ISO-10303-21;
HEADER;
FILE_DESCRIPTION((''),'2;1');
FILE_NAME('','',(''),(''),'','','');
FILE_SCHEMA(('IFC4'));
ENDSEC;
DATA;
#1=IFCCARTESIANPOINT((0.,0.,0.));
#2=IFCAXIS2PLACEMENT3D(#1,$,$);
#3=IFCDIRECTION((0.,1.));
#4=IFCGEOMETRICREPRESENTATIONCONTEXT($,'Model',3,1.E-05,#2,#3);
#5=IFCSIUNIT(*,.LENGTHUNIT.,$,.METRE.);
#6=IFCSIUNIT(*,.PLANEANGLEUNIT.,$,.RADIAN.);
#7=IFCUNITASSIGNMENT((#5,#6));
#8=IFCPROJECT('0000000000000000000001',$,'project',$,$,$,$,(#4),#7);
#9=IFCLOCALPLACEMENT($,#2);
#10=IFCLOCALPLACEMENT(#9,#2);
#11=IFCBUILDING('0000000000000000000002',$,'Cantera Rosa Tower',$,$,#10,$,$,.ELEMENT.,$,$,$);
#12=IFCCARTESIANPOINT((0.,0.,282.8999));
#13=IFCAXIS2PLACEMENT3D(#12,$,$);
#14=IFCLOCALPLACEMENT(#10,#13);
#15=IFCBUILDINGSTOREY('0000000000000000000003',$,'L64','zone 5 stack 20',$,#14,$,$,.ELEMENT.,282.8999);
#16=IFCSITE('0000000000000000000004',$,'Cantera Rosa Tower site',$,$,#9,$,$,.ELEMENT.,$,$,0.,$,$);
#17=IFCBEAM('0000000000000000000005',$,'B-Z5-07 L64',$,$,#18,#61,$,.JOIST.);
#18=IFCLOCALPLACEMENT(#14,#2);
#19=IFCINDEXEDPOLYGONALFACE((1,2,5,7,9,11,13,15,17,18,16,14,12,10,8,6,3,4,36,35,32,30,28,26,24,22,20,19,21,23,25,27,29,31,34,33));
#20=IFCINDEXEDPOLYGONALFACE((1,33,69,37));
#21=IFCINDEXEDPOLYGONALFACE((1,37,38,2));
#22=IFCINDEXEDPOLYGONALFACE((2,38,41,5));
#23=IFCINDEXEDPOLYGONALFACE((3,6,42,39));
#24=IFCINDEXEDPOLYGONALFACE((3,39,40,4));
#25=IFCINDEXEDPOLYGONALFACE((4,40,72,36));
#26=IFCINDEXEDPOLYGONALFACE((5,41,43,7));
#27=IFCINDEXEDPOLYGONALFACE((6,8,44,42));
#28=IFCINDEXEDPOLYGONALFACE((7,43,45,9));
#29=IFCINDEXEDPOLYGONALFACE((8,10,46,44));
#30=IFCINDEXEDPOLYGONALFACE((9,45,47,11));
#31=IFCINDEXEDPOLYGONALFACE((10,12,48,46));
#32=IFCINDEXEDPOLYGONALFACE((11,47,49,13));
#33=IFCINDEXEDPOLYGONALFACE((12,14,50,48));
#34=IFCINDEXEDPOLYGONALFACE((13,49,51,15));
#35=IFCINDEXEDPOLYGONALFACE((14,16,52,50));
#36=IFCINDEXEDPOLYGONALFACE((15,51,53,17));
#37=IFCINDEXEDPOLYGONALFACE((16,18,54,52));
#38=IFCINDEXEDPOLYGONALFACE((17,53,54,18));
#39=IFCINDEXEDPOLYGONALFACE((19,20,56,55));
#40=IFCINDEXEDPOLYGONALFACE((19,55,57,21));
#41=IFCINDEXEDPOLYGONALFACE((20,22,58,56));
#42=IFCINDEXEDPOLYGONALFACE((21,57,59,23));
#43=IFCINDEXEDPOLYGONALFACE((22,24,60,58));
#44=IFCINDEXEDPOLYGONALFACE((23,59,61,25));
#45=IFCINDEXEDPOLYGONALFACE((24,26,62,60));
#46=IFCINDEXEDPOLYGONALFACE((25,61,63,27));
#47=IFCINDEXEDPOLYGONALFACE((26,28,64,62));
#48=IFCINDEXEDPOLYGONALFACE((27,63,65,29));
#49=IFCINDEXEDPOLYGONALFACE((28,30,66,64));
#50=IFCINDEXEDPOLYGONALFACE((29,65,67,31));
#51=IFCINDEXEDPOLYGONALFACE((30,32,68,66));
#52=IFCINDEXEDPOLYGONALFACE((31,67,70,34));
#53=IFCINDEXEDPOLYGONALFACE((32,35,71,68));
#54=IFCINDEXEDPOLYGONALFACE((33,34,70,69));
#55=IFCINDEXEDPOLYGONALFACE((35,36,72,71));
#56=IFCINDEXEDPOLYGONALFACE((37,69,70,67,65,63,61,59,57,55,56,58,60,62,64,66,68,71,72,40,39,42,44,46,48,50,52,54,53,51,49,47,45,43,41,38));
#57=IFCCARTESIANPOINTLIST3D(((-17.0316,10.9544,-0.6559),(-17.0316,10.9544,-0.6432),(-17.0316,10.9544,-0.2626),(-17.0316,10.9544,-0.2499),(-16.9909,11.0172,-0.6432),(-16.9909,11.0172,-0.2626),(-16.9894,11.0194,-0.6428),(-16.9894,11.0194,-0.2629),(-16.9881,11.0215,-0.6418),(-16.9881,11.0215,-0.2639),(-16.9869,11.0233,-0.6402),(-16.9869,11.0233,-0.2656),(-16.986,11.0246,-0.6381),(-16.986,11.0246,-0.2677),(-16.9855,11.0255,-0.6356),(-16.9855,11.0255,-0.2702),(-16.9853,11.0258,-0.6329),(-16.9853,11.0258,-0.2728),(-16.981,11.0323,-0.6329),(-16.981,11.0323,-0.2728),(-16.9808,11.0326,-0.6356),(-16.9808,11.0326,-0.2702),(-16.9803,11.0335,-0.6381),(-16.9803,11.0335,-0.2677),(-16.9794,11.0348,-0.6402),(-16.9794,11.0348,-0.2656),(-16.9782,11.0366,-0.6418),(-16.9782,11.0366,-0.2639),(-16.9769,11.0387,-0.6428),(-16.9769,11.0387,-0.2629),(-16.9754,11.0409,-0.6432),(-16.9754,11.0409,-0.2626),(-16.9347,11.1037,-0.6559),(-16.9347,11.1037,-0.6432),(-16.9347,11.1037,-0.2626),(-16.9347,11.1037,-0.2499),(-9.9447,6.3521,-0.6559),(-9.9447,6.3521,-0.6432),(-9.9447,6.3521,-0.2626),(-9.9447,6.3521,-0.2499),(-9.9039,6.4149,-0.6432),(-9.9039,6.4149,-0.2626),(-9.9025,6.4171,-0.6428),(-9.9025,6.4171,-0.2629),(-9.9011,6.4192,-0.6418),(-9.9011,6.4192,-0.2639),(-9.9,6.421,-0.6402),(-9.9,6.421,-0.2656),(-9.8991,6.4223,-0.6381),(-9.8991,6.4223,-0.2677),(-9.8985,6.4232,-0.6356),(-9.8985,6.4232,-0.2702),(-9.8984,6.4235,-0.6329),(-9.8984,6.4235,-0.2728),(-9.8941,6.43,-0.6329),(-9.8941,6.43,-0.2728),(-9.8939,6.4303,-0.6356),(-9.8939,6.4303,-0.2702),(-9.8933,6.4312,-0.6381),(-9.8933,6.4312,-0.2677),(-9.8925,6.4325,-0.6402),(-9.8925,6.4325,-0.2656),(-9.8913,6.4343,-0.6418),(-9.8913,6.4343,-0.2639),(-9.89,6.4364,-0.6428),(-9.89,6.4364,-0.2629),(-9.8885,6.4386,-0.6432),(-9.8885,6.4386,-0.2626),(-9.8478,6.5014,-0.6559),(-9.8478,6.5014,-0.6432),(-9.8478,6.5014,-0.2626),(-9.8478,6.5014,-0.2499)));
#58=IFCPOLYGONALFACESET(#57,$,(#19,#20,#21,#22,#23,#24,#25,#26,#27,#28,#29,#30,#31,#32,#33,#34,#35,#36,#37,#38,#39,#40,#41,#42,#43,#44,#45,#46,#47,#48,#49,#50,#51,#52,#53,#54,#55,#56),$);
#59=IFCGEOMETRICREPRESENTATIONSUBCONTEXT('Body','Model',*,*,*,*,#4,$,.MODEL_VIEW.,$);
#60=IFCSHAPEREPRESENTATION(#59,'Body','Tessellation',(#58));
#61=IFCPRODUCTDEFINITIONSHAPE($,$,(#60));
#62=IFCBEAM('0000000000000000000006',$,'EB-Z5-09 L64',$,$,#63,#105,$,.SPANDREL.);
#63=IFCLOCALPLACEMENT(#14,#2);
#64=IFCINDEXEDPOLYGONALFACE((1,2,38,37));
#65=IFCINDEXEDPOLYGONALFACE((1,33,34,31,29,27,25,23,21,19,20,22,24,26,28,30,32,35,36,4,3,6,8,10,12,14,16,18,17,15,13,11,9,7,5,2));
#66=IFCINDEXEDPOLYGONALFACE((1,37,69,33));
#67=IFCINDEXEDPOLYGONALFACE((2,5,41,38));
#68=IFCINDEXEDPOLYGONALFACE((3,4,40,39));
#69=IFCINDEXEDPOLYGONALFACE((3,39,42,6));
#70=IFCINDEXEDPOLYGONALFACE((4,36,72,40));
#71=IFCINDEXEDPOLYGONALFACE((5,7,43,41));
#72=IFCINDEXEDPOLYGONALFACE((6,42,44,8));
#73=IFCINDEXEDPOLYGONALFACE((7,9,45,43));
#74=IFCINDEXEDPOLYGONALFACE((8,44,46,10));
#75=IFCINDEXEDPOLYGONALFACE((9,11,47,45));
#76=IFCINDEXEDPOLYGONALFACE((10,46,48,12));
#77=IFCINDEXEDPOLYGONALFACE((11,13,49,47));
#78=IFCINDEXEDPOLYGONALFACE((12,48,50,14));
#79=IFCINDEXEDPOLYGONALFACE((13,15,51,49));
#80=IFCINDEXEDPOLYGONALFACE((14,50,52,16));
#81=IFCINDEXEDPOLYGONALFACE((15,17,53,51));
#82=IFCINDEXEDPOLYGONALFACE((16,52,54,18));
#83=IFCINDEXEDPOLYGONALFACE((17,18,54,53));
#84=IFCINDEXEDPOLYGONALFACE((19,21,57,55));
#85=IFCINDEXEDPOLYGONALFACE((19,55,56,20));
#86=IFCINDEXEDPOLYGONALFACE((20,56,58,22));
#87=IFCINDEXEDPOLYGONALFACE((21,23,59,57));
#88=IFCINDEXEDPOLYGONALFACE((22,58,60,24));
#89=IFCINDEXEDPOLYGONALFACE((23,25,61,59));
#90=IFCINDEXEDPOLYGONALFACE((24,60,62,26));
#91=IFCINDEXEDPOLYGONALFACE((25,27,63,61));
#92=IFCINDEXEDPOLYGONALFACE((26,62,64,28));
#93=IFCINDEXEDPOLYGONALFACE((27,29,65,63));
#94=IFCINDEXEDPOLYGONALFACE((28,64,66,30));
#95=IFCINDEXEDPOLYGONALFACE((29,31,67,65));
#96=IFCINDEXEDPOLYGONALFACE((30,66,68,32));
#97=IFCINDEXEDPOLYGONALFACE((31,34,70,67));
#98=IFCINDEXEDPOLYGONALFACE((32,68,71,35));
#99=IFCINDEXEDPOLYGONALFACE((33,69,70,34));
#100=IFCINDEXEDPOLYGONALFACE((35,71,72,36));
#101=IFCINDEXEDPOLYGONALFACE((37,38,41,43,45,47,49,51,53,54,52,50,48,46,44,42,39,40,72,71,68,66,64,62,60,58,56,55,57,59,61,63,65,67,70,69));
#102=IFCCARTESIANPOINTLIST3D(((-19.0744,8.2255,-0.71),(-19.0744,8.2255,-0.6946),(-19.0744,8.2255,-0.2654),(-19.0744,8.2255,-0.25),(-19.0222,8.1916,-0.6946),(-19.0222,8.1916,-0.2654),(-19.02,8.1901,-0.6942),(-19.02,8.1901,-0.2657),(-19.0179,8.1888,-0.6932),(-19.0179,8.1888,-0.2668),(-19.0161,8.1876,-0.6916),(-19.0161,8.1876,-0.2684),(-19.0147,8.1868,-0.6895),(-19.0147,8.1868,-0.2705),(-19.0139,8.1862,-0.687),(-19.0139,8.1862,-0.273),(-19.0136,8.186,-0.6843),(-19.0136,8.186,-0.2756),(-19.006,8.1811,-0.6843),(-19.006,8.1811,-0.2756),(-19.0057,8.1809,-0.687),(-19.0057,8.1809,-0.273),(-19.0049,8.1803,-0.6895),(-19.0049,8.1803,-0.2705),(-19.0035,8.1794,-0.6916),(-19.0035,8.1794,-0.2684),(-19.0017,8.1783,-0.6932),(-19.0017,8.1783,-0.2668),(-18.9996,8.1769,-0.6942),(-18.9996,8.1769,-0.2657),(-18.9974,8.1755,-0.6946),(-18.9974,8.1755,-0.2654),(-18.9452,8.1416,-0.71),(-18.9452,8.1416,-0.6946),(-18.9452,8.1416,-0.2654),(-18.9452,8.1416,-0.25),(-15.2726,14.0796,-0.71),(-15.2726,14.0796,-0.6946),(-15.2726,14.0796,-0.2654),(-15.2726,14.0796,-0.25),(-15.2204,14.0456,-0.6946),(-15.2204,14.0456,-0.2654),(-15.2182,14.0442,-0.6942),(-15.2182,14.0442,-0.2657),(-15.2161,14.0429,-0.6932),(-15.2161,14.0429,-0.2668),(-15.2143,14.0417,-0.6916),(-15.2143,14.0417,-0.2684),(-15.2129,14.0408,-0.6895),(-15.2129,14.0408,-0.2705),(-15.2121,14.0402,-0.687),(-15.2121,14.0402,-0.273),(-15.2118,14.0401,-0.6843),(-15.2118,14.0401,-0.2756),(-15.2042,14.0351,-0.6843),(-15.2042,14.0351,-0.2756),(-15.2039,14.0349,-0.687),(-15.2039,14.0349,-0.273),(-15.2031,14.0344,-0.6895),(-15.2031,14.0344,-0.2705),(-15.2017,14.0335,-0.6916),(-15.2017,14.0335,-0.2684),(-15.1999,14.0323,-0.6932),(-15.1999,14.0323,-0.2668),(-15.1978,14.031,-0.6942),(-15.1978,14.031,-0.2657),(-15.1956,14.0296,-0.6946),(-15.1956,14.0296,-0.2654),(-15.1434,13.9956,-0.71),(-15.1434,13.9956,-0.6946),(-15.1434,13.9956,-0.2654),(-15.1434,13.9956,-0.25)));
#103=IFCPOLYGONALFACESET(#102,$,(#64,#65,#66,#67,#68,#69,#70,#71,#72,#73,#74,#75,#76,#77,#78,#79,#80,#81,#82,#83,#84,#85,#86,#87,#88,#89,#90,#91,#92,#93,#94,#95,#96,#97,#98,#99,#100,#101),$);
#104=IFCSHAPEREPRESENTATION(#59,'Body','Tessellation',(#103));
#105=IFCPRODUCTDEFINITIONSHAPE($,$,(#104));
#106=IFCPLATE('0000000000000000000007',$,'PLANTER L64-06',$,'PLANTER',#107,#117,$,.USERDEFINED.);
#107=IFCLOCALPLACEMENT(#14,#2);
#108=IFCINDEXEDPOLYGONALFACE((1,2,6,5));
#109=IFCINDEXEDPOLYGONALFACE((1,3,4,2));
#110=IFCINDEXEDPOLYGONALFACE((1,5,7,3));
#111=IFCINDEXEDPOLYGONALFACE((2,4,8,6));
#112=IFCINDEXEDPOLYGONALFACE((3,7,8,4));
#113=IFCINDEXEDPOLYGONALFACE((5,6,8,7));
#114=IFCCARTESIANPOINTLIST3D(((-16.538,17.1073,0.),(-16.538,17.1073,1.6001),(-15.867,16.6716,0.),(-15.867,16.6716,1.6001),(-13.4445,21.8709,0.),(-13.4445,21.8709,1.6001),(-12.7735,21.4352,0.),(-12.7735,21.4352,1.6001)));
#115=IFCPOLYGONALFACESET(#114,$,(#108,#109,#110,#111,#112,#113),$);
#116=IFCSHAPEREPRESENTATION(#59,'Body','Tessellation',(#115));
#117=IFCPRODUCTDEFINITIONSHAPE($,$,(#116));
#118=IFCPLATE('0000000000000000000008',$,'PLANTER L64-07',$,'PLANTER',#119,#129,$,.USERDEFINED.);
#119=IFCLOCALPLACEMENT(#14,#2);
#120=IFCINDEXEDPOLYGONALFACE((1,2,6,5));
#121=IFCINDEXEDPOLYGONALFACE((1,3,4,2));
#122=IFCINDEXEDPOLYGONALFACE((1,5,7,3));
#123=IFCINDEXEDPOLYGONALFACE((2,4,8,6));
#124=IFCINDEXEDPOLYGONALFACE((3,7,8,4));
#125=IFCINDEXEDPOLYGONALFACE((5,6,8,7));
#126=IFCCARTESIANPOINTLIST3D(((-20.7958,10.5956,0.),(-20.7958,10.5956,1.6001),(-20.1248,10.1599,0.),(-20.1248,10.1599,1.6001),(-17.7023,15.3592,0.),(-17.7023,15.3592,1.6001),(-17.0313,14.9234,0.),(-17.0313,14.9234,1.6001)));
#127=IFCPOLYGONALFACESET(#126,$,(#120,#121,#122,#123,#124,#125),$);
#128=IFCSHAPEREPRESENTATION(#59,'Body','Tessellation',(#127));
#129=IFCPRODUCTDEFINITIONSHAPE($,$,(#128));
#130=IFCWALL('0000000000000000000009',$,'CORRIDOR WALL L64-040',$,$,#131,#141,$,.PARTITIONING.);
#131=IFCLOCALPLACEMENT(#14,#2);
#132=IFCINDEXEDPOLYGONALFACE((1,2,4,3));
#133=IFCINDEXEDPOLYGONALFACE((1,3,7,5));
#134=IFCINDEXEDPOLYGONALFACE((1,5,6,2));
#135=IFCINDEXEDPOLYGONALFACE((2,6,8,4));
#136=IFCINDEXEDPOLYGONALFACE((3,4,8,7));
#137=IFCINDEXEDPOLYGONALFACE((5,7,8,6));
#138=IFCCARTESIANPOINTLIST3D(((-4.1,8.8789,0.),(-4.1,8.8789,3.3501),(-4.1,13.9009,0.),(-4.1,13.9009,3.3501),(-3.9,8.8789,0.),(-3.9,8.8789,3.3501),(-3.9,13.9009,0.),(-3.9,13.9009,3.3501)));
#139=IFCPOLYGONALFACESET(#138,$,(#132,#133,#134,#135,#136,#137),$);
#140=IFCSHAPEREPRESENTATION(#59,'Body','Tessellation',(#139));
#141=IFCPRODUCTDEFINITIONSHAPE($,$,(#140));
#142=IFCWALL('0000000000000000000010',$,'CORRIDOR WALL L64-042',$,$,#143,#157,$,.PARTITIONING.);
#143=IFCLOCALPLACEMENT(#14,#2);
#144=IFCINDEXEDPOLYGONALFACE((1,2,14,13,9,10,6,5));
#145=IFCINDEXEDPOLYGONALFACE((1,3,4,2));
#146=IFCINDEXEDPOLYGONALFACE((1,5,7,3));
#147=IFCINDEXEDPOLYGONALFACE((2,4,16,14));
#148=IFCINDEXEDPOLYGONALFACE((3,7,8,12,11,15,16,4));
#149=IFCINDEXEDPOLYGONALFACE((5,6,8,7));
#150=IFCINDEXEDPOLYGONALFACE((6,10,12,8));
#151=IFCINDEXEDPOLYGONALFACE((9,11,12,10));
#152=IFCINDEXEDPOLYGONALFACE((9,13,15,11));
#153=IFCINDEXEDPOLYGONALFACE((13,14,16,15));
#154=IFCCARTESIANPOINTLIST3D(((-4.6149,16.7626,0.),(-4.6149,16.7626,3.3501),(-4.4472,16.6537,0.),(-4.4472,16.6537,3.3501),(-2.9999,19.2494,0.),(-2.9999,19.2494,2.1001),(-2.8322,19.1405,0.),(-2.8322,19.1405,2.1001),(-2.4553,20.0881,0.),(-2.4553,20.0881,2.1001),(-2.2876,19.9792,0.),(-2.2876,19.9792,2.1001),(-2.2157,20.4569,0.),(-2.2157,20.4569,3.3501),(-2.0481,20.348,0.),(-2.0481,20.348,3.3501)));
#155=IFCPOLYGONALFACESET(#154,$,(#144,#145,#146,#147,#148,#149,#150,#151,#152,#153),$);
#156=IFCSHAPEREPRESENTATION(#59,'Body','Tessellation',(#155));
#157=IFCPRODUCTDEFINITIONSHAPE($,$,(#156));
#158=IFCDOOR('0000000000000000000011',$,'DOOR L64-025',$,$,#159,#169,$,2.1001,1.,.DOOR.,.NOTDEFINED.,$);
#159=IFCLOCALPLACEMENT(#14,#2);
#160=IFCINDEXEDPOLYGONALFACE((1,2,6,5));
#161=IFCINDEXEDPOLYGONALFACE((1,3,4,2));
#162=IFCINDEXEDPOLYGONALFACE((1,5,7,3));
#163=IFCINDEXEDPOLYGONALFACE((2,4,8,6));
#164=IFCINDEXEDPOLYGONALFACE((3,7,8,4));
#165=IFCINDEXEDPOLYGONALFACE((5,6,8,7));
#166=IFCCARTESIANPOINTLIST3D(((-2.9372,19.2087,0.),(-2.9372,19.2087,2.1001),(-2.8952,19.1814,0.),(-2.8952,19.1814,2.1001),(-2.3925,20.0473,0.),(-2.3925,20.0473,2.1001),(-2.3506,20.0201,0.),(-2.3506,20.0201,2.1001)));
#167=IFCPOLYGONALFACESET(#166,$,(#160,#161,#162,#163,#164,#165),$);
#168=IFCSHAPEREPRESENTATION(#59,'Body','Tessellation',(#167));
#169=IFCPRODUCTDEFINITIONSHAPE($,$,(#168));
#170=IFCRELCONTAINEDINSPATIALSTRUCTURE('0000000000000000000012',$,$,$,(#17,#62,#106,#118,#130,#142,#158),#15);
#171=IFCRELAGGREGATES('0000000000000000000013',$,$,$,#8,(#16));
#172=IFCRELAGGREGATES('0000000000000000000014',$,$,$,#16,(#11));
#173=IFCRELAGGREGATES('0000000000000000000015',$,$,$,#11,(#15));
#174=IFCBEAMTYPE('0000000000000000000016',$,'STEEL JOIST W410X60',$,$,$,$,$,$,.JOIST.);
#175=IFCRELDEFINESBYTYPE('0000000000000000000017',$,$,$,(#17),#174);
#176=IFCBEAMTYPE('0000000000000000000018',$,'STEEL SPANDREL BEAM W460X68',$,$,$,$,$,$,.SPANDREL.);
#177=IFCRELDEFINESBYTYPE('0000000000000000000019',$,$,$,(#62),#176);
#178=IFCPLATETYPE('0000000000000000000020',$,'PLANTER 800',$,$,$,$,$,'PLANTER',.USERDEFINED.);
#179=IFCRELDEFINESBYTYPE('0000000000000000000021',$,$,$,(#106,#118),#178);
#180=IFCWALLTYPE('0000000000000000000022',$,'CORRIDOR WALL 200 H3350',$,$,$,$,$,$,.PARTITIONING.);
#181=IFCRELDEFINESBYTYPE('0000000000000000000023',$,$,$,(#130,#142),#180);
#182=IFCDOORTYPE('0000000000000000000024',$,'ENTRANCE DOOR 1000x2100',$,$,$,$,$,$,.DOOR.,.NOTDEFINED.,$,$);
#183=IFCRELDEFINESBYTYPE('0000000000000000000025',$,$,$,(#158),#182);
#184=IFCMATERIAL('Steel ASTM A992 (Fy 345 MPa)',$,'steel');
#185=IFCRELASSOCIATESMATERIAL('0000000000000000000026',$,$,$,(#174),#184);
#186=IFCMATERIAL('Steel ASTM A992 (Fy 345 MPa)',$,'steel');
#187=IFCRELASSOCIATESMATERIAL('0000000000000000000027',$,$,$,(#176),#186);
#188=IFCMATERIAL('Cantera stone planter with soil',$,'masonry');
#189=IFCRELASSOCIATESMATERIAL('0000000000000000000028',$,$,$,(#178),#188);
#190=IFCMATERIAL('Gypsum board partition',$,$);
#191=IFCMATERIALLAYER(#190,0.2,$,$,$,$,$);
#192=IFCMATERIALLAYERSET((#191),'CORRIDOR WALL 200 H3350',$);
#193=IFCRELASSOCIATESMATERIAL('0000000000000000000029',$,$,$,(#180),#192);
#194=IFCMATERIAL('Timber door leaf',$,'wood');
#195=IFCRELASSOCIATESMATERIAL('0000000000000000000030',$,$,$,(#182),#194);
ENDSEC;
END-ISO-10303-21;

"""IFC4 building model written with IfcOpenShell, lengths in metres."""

from ifc_helpers import new_model, si_unit, direction, frame, frame_2d, origin, origin_2d, place, context, subcontext, project, spatial, rectangle, i_section, extrude, material, layer, layer_set, material_profile, profile_set, type_object, element, fill, save


model = new_model("IFC4")

# Units and contexts
model_context = context("Model", 3, precision=1e-05, world=origin(), true_north=direction((0.0, 1.0)))
body_context = subcontext(model_context, "Body", "Model", "MODEL_VIEW")
ifc_project = project(units=[si_unit("LENGTHUNIT", "METRE"), si_unit("PLANEANGLEUNIT", "RADIAN")], contexts=[model_context])

# Site, building, storey
site_placement = place(None, origin())
site = spatial("IfcSite", under=ifc_project, at=site_placement, Name="Cantera Rosa Tower site", CompositionType="ELEMENT", RefElevation=0.0)
building_placement = place(site_placement, origin())
building = spatial("IfcBuilding", under=site, at=building_placement, Name="Cantera Rosa Tower", CompositionType="ELEMENT")
storey_placement = place(building_placement, frame((0.0, 0.0, 282.8999)))
storey = spatial("IfcBuildingStorey", under=building, at=storey_placement, Name="L64", Description="zone 5 stack 20", CompositionType="ELEMENT", Elevation=282.8999)

# Beams
ifc_material_1 = material(Name="Steel ASTM A992 (Fy 345 MPa)", Category="steel")
ifc_material_profile_1 = material_profile(ifc_material_1, i_section(OverallWidth=0.178, OverallDepth=0.406, WebThickness=0.0078, FlangeThickness=0.0127, FilletRadius=0.0103, at=origin_2d()), Name="W410X60")
ifc_profile_set_1 = profile_set([ifc_material_profile_1], Name="Steel ASTM A992 (Fy 345 MPa)")
beam_type_1 = type_object("IfcBeamType", Name="STEEL JOIST W410X60", PredefinedType="JOIST", material=ifc_profile_set_1)
beam_1_placement = place(storey_placement, frame((-16.9832, 11.0291, -0.4529), z_axis=(0.838671, -0.544639, 0.0), x_axis=(0.544639, 0.838671, 0.0)))
element("IfcBeam", 1, at=beam_1_placement, inside=storey, type_object=beam_type_1, Name="B-Z5-07 L64", PredefinedType="JOIST", context=body_context, shape_type="SweptSolid", body=[
    extrude(i_section(OverallWidth=0.178, OverallDepth=0.406, WebThickness=0.0078, FlangeThickness=0.0127, FilletRadius=0.0103, at=origin_2d()), origin(), (0.0, 0.0, 1.0), 8.4502),
])
ifc_material_2 = material(Name="Steel ASTM A992 (Fy 345 MPa)", Category="steel")
ifc_material_profile_2 = material_profile(ifc_material_2, i_section(OverallWidth=0.1541, OverallDepth=0.46, WebThickness=0.009, FlangeThickness=0.0154, FilletRadius=0.0103, at=origin_2d()), Name="W460X68")
ifc_profile_set_2 = profile_set([ifc_material_profile_2], Name="Steel ASTM A992 (Fy 345 MPa)")
beam_type_2 = type_object("IfcBeamType", Name="STEEL SPANDREL BEAM W460X68", PredefinedType="SPANDREL", material=ifc_profile_set_2)
beam_2_placement = place(storey_placement, frame((-15.208, 14.0376, -0.48), z_axis=(-0.544651, -0.838663, 0.0), x_axis=(0.838663, -0.544651, 0.0)))
element("IfcBeam", 2, at=beam_2_placement, inside=storey, type_object=beam_type_2, Name="EB-Z5-09 L64", PredefinedType="SPANDREL", context=body_context, shape_type="SweptSolid", body=[
    extrude(i_section(OverallWidth=0.1541, OverallDepth=0.46, WebThickness=0.009, FlangeThickness=0.0154, FilletRadius=0.0103, at=origin_2d()), origin(), (0.0, 0.0, 1.0), 6.9802),
])

# Plates
ifc_material_3 = material(Name="Cantera stone planter with soil", Category="masonry")
plate_type = type_object("IfcPlateType", Name="PLANTER 800", ElementType="PLANTER", PredefinedType="USERDEFINED", material=ifc_material_3)
for number, where, z_axis, x_axis, name in (
    (3, (-14.6558, 19.2712, 0.0), (0.0, 0.0, 1.0), (-0.544639, -0.838671, 0.0), "PLANTER L64-06"),
    (4, (-18.9136, 12.7595, 0.0), (0.0, 0.0, 1.0), (-0.544639, -0.838671, 0.0), "PLANTER L64-07"),
):
    element("IfcPlate", number, at=place(storey_placement, frame(where, z_axis=z_axis, x_axis=x_axis)), inside=storey, type_object=plate_type, Name=name, ObjectType="PLANTER", PredefinedType="USERDEFINED", context=body_context, shape_type="SweptSolid", body=[
        extrude(rectangle(XDim=5.6799, YDim=0.8, at=origin_2d()), origin(), (0.0, 0.0, 1.0), 1.6001),
    ])

# Wall
ifc_material_4 = material(Name="Gypsum board partition")
ifc_layer_1 = layer(ifc_material_4, 0.2)
ifc_layer_set_1 = layer_set([ifc_layer_1], Name="CORRIDOR WALL 200 H3350")
wall_type_1 = type_object("IfcWallType", Name="CORRIDOR WALL 200 H3350", PredefinedType="PARTITIONING", material=ifc_layer_set_1)
wall_1_placement = place(storey_placement, frame((-4.0, 13.9009, 0.0), z_axis=(0.0, 0.0, 1.0), x_axis=(0.0, -1.0, 0.0)))
element("IfcWall", 5, at=wall_1_placement, inside=storey, type_object=wall_type_1, Name="CORRIDOR WALL L64-040", PredefinedType="PARTITIONING", context=body_context, shape_type="SweptSolid", body=[
    extrude(rectangle(XDim=5.022, YDim=0.2, at=frame_2d((2.511, 0.0))), origin(), (0.0, 0.0, 1.0), 3.3501),
])

# Wall, opening, door
wall_2_placement = place(storey_placement, frame((-2.1318, 20.4026, 0.0), z_axis=(0.0, 0.0, 1.0), x_axis=(-0.544645, -0.838666, 0.0)))
wall_2 = element("IfcWall", 6, at=wall_2_placement, inside=storey, type_object=wall_type_1, Name="CORRIDOR WALL L64-042", PredefinedType="PARTITIONING", context=body_context, shape_type="SweptSolid", body=[
    extrude(rectangle(XDim=4.405, YDim=0.2, at=frame_2d((2.2026, 0.0))), origin(), (0.0, 0.0, 1.0), 3.3501),
])
opening_1_placement = place(wall_2_placement, frame((0.4399, 0.0, 0.0)))
opening_1 = element("IfcOpeningElement", 7, at=opening_1_placement, cuts=wall_2, PredefinedType="OPENING", context=body_context, shape_type="SweptSolid", body=[
    extrude(rectangle(XDim=1.0, YDim=2.1001, at=frame_2d((0.5, 1.05))), frame((0.0, 0.1099, 0.0), z_axis=(0.0, -1.0, 0.0), x_axis=(1.0, 0.0, 0.0)), (0.0, 0.0, 1.0), 0.22),
])
ifc_material_5 = material(Name="Timber door leaf", Category="wood")
door_type_1 = type_object("IfcDoorType", Name="ENTRANCE DOOR 1000x2100", OperationType="NOTDEFINED", PredefinedType="DOOR", material=ifc_material_5)
door_1_placement = place(opening_1_placement, origin())
door_1 = element("IfcDoor", 8, at=door_1_placement, inside=storey, type_object=door_type_1, Name="DOOR L64-025", OperationType="NOTDEFINED", OverallHeight=2.1001, OverallWidth=1.0, PredefinedType="DOOR", context=body_context, shape_type="SweptSolid", body=[
    extrude(rectangle(XDim=1.0, YDim=2.1001, at=frame_2d((0.5, 1.05))), frame((0.0, 0.0249, 0.0), z_axis=(0.0, -1.0, 0.0), x_axis=(1.0, 0.0, 0.0)), (0.0, 0.0, 1.0), 0.05),
])
fill(opening_1, door_1)

save(model, "model.ifc")
